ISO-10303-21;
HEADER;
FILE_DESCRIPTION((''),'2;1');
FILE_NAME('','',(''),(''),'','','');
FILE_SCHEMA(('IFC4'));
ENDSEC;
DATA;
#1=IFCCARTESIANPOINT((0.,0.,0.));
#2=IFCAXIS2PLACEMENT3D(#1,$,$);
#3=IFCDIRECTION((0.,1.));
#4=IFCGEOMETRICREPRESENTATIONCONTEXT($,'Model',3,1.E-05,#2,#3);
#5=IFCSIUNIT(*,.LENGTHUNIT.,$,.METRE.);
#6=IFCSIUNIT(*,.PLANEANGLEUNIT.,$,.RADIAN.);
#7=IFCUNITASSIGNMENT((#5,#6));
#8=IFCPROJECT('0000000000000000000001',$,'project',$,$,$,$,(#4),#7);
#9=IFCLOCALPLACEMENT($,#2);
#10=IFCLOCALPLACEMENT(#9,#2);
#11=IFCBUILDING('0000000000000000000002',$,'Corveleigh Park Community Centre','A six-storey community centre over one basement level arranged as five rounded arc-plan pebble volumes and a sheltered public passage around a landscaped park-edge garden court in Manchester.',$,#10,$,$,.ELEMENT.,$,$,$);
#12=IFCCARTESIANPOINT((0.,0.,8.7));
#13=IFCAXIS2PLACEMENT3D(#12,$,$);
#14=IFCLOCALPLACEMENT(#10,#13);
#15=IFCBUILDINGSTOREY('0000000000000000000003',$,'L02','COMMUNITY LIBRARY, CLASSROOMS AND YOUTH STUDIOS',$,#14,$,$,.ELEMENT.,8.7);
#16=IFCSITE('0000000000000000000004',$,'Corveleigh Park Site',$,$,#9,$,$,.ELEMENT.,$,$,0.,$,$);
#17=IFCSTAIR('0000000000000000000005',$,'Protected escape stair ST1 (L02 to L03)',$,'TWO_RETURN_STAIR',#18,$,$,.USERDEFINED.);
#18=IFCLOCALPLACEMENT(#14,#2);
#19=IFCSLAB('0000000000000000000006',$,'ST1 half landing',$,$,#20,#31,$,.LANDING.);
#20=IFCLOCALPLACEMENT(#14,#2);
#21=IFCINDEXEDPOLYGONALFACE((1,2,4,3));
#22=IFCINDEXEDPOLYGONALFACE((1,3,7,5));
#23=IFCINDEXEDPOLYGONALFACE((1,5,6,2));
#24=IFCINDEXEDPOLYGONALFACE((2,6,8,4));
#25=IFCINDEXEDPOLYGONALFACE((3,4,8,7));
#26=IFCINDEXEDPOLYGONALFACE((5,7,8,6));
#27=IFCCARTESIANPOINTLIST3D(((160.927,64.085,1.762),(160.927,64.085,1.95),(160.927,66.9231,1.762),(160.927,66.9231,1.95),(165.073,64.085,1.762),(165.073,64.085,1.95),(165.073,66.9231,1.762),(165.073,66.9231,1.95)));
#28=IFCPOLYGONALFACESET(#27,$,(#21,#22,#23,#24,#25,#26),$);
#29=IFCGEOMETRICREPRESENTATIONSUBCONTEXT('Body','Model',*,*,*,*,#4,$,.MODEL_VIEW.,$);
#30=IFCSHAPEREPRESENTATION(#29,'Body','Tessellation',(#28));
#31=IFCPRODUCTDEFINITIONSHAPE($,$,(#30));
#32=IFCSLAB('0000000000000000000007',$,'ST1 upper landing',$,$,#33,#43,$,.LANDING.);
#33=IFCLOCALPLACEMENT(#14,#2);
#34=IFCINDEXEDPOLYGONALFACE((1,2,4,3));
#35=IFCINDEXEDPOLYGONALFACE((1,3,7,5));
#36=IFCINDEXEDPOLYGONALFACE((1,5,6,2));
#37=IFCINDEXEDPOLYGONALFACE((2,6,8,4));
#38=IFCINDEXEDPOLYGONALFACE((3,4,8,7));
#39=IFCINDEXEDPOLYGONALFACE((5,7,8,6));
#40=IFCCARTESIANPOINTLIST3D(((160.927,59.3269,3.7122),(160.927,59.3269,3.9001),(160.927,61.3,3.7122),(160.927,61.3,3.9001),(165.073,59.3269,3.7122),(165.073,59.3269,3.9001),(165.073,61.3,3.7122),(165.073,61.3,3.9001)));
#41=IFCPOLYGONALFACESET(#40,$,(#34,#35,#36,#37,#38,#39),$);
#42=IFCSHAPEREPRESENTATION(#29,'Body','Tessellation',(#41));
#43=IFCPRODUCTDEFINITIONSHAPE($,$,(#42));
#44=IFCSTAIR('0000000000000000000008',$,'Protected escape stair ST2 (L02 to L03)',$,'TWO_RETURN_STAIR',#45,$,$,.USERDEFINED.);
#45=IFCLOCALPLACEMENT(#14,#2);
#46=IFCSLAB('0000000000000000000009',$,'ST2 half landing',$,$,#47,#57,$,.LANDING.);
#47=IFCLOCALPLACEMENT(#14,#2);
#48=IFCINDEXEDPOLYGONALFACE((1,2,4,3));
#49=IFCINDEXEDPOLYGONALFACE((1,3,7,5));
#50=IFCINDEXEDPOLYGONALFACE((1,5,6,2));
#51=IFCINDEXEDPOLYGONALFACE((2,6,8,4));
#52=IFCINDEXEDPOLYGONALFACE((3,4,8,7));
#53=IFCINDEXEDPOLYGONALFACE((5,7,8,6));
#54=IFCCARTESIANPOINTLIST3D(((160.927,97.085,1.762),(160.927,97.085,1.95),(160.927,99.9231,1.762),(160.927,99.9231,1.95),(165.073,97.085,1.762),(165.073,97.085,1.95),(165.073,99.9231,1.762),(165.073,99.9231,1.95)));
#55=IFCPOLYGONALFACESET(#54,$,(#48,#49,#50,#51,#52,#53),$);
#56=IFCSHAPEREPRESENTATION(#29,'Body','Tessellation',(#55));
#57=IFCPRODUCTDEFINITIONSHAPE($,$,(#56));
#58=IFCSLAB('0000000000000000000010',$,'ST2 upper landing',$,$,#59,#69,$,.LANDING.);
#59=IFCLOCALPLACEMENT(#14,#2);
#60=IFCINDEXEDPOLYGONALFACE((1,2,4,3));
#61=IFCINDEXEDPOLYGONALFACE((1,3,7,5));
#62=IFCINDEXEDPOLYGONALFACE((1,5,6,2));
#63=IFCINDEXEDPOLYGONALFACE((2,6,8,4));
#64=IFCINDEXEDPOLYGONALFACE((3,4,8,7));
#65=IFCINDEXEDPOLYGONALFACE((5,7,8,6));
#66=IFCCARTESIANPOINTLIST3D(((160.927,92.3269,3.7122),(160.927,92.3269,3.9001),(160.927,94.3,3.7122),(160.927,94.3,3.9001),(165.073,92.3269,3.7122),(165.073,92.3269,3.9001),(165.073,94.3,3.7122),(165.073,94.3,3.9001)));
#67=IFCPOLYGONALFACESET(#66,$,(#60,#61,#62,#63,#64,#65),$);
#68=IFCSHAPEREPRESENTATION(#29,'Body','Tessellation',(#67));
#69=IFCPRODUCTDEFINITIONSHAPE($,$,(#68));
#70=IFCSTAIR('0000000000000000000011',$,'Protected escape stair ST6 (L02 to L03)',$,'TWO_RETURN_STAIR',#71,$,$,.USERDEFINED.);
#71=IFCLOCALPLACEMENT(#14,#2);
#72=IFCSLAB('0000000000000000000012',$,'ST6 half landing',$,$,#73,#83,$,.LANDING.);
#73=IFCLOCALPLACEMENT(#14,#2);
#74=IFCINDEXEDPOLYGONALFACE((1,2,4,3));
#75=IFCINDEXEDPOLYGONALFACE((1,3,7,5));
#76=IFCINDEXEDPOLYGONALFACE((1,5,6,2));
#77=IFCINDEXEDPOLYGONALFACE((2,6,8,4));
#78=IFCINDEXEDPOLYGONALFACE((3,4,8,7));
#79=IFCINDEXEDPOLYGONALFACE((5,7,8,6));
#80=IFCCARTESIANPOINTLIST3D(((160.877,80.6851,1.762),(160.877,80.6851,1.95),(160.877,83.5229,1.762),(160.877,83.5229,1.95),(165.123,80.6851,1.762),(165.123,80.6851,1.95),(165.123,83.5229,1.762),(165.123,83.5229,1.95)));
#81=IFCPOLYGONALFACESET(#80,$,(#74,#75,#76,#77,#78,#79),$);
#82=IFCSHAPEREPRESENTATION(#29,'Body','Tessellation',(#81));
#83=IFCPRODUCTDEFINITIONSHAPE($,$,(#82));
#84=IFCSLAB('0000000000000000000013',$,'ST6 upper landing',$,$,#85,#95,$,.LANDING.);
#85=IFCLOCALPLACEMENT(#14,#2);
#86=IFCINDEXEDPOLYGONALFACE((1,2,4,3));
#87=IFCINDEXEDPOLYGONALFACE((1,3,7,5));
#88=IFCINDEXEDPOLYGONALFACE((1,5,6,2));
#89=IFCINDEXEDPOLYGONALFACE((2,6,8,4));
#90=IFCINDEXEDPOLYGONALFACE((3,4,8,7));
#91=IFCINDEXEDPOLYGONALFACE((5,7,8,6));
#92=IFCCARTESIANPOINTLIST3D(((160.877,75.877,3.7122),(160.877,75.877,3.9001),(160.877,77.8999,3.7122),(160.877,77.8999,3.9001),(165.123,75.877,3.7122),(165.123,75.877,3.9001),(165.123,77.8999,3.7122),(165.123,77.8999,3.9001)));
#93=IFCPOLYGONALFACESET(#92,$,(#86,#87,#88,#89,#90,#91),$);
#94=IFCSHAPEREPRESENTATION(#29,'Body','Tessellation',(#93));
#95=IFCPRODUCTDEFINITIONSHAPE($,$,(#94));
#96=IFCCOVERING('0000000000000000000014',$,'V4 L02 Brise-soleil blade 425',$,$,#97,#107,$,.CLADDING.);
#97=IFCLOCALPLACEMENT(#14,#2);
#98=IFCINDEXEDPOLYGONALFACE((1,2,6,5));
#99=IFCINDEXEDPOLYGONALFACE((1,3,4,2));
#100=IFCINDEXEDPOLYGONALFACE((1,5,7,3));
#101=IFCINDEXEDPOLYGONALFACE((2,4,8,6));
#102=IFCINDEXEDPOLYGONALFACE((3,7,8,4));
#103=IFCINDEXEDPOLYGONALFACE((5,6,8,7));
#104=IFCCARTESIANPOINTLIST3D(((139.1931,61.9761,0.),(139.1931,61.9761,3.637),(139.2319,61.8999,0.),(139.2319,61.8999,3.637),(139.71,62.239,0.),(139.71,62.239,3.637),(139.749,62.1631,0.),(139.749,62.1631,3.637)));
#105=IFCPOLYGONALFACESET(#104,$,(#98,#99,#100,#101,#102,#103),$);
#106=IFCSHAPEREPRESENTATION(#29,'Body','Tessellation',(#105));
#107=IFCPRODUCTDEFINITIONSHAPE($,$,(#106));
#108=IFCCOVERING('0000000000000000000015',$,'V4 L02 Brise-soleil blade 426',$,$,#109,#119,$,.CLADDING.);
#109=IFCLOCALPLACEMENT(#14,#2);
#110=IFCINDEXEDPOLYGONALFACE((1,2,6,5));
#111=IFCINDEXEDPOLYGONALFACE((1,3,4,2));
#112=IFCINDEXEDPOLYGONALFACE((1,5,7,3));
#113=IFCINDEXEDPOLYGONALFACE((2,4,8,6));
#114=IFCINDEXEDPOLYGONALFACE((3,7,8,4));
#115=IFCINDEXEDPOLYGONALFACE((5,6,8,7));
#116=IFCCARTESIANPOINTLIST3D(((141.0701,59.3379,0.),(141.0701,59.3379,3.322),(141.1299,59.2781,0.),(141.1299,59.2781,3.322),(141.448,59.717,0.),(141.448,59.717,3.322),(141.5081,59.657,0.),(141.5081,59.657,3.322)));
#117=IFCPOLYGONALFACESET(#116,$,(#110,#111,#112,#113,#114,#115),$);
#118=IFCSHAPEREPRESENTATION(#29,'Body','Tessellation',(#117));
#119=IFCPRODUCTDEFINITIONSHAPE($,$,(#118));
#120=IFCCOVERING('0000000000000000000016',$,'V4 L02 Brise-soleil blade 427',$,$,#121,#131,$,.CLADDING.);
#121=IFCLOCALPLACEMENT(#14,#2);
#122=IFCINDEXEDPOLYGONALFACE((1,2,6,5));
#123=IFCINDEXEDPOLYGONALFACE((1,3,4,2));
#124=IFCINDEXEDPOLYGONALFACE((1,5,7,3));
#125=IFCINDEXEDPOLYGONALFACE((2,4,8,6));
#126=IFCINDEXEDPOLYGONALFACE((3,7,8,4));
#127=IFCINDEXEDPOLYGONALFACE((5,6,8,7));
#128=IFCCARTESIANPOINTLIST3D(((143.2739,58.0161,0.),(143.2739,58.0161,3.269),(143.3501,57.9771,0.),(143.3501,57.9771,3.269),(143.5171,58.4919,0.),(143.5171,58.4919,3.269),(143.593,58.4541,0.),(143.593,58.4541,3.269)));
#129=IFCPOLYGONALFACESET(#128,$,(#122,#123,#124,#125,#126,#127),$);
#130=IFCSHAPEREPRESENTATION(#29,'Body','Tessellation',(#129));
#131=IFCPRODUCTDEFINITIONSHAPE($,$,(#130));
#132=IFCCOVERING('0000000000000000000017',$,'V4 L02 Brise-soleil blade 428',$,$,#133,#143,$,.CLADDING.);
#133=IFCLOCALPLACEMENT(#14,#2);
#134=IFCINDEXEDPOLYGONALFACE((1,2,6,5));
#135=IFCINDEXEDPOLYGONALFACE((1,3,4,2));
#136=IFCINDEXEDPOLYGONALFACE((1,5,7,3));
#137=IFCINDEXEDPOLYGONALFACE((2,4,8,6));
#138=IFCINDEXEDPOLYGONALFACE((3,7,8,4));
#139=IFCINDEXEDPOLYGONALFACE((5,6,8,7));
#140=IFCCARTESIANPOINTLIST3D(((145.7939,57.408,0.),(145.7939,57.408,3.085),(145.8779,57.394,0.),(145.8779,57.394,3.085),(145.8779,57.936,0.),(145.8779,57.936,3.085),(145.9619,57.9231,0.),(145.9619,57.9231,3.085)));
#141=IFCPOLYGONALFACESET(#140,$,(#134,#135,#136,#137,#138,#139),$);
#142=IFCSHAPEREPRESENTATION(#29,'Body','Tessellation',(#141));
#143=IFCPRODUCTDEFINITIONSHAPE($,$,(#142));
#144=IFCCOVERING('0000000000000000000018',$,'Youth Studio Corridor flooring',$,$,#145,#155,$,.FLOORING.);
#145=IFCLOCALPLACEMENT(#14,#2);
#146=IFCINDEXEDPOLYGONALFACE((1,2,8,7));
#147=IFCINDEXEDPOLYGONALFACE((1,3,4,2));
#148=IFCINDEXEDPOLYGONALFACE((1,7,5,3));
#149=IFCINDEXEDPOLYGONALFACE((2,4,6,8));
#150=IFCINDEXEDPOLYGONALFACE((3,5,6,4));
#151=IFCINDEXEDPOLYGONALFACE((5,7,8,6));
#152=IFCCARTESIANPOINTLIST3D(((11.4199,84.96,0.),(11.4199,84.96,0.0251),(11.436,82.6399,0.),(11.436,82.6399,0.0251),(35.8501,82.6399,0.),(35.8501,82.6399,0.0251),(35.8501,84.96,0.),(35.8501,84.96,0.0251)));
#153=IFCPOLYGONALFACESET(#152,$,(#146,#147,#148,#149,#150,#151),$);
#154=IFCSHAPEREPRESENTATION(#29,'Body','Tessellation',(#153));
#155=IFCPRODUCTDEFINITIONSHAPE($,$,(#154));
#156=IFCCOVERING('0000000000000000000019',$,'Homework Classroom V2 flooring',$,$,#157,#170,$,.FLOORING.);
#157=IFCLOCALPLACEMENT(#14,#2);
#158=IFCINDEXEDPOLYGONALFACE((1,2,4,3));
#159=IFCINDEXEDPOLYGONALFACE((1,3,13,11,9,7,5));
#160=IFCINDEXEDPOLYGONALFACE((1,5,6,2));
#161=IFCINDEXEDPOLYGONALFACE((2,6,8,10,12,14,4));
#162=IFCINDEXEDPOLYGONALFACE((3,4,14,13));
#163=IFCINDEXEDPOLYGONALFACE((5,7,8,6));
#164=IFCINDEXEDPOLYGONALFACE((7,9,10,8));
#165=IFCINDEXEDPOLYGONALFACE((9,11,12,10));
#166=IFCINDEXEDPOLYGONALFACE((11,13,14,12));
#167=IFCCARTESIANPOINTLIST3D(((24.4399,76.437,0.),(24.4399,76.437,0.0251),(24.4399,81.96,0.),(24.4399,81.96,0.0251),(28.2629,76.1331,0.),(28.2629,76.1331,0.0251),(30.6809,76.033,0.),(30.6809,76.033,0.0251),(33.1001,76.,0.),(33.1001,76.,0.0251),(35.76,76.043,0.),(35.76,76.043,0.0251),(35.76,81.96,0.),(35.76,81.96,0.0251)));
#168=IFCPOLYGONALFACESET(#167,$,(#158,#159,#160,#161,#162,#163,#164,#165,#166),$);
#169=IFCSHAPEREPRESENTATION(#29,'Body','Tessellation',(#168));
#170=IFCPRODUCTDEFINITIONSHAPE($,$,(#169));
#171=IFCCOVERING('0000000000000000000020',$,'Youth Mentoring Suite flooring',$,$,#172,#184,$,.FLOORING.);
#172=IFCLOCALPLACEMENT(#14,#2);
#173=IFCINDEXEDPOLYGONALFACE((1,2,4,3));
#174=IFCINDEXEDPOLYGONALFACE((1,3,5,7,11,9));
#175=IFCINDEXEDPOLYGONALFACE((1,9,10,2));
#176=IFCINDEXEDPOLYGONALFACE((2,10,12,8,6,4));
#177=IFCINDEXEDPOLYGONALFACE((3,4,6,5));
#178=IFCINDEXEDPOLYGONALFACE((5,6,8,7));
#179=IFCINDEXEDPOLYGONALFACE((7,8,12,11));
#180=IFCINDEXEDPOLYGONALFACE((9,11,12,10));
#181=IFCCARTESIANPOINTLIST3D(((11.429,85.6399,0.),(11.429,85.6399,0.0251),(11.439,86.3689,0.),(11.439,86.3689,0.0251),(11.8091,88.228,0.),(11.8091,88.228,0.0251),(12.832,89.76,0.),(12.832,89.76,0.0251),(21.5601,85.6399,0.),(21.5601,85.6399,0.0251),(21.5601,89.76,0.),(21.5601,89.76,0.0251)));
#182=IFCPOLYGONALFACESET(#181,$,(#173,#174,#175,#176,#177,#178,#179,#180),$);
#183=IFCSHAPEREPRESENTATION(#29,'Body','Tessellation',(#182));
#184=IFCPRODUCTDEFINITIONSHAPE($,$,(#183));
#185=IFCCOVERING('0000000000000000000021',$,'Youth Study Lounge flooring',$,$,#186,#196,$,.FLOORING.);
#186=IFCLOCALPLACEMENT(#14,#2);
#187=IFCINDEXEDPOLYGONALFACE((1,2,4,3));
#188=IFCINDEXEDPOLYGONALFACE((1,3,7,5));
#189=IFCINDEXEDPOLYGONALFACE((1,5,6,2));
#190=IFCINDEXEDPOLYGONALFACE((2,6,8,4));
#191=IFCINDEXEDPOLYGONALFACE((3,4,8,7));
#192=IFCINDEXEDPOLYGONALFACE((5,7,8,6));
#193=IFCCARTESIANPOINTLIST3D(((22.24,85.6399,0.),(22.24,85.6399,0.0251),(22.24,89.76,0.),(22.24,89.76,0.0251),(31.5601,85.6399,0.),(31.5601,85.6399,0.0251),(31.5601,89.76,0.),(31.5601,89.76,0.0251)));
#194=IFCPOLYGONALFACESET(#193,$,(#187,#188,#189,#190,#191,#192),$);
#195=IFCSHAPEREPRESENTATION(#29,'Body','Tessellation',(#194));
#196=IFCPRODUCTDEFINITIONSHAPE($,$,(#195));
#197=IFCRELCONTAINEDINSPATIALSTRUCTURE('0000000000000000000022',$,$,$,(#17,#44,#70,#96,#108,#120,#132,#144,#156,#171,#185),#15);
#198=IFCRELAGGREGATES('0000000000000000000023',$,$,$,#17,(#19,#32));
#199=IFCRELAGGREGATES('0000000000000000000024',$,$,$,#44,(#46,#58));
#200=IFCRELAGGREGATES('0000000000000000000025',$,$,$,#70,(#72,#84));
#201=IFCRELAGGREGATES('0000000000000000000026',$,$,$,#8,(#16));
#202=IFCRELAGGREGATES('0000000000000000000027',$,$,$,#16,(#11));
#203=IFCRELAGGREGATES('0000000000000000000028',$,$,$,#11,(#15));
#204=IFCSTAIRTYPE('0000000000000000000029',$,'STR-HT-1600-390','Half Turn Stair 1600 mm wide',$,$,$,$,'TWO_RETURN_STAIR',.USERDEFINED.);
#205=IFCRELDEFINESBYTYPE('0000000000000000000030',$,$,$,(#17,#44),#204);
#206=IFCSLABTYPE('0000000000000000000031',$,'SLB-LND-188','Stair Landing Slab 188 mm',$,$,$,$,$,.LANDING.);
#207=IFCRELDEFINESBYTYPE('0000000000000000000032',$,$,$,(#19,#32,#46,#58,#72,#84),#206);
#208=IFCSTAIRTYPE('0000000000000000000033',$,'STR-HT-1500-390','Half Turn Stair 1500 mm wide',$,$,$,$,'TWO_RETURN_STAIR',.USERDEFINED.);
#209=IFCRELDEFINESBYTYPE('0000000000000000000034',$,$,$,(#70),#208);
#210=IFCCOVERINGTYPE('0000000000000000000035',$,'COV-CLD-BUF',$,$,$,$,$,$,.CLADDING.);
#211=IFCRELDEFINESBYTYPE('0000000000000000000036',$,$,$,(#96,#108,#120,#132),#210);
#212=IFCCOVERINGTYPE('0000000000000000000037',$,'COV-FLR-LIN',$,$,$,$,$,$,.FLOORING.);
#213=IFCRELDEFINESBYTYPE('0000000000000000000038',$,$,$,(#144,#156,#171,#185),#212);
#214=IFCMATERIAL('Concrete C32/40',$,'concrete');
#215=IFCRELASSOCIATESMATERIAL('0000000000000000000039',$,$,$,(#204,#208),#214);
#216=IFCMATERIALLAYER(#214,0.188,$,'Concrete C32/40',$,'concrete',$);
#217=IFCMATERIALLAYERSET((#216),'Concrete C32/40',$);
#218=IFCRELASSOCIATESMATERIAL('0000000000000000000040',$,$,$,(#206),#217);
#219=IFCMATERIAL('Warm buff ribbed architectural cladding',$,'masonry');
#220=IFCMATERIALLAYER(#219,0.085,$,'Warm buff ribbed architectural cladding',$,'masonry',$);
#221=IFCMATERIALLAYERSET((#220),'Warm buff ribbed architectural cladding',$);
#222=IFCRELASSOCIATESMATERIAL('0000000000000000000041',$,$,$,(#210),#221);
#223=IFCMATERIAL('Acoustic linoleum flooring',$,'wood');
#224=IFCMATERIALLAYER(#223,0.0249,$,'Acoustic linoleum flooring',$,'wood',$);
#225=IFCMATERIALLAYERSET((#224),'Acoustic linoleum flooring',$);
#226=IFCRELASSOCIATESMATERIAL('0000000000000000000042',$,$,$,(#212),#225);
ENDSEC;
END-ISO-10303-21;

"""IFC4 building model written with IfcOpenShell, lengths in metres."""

from ifc_helpers import new_model, si_unit, direction, frame, origin, place, context, subcontext, project, spatial, polyline, outline, extrude, material, layer, layer_set, type_object, element, aggregate, save


model = new_model("IFC4")

# Units and contexts
model_context = context("Model", 3, precision=1e-05, world=origin(), true_north=direction((0.0, 1.0)))
body_context = subcontext(model_context, "Body", "Model", "MODEL_VIEW")
ifc_project = project(units=[si_unit("LENGTHUNIT", "METRE"), si_unit("PLANEANGLEUNIT", "RADIAN")], contexts=[model_context])

# Site, building, storey
site_placement = place(None, origin())
site = spatial("IfcSite", under=ifc_project, at=site_placement, Name="Corveleigh Park Site", CompositionType="ELEMENT", RefElevation=0.0)
building_placement = place(site_placement, origin())
building = spatial("IfcBuilding", under=site, at=building_placement, Name="Corveleigh Park Community Centre", Description="A six-storey community centre over one basement level arranged as five rounded arc-plan pebble volumes and a sheltered public passage around a landscaped park-edge garden court in Manchester.", CompositionType="ELEMENT")
storey_placement = place(building_placement, frame((0.0, 0.0, 8.7)))
storey = spatial("IfcBuildingStorey", under=building, at=storey_placement, Name="L02", Description="COMMUNITY LIBRARY, CLASSROOMS AND YOUTH STUDIOS", CompositionType="ELEMENT", Elevation=8.7)

# Stairs, slabs
ifc_material_1 = material(Name="Concrete C32/40", Category="concrete")
stair_type_1 = type_object("IfcStairType", Name="STR-HT-1600-390", Description="Half Turn Stair 1600 mm wide", ElementType="TWO_RETURN_STAIR", PredefinedType="USERDEFINED", material=ifc_material_1)
stair_1_placement = place(storey_placement, origin())
stair_1 = element("IfcStair", 1, at=stair_1_placement, inside=storey, type_object=stair_type_1, Name="Protected escape stair ST1 (L02 to L03)", ObjectType="TWO_RETURN_STAIR", PredefinedType="USERDEFINED")
ifc_layer_1 = layer(ifc_material_1, 0.188, Name="Concrete C32/40", Category="concrete")
ifc_layer_set_1 = layer_set([ifc_layer_1], Name="Concrete C32/40")
slab_type = type_object("IfcSlabType", Name="SLB-LND-188", Description="Stair Landing Slab 188 mm", PredefinedType="LANDING", material=ifc_layer_set_1)
slab_1_placement = place(storey_placement, frame((0.0, 0.0, 1.762)))
slab_1 = element("IfcSlab", 2, at=slab_1_placement, type_object=slab_type, Name="ST1 half landing", PredefinedType="LANDING", context=body_context, shape_type="SweptSolid", body=[
    extrude(outline(polyline([(160.927, 64.085), (165.073, 64.085), (165.073, 66.9231), (160.927, 66.9231), (160.927, 64.085)])), origin(), (0.0, 0.0, 1.0), 0.188),
])
slab_2_placement = place(storey_placement, frame((0.0, 0.0, 3.7122)))
slab_2 = element("IfcSlab", 3, at=slab_2_placement, type_object=slab_type, Name="ST1 upper landing", PredefinedType="LANDING", context=body_context, shape_type="SweptSolid", body=[
    extrude(outline(polyline([(160.927, 59.3269), (165.073, 59.3269), (165.073, 61.3), (160.927, 61.3), (160.927, 59.3269)])), origin(), (0.0, 0.0, 1.0), 0.188),
])
aggregate(stair_1, [slab_1, slab_2])
stair_2_placement = place(storey_placement, origin())
stair_2 = element("IfcStair", 4, at=stair_2_placement, inside=storey, type_object=stair_type_1, Name="Protected escape stair ST2 (L02 to L03)", ObjectType="TWO_RETURN_STAIR", PredefinedType="USERDEFINED")
slab_3_placement = place(storey_placement, frame((0.0, 0.0, 1.762)))
slab_3 = element("IfcSlab", 5, at=slab_3_placement, type_object=slab_type, Name="ST2 half landing", PredefinedType="LANDING", context=body_context, shape_type="SweptSolid", body=[
    extrude(outline(polyline([(160.927, 97.085), (165.073, 97.085), (165.073, 99.9231), (160.927, 99.9231), (160.927, 97.085)])), origin(), (0.0, 0.0, 1.0), 0.188),
])
slab_4_placement = place(storey_placement, frame((0.0, 0.0, 3.7122)))
slab_4 = element("IfcSlab", 6, at=slab_4_placement, type_object=slab_type, Name="ST2 upper landing", PredefinedType="LANDING", context=body_context, shape_type="SweptSolid", body=[
    extrude(outline(polyline([(160.927, 92.3269), (165.073, 92.3269), (165.073, 94.3), (160.927, 94.3), (160.927, 92.3269)])), origin(), (0.0, 0.0, 1.0), 0.188),
])
aggregate(stair_2, [slab_3, slab_4])
stair_type_2 = type_object("IfcStairType", Name="STR-HT-1500-390", Description="Half Turn Stair 1500 mm wide", ElementType="TWO_RETURN_STAIR", PredefinedType="USERDEFINED", material=ifc_material_1)
stair_3_placement = place(storey_placement, origin())
stair_3 = element("IfcStair", 7, at=stair_3_placement, inside=storey, type_object=stair_type_2, Name="Protected escape stair ST6 (L02 to L03)", ObjectType="TWO_RETURN_STAIR", PredefinedType="USERDEFINED")
slab_5_placement = place(storey_placement, frame((0.0, 0.0, 1.762)))
slab_5 = element("IfcSlab", 8, at=slab_5_placement, type_object=slab_type, Name="ST6 half landing", PredefinedType="LANDING", context=body_context, shape_type="SweptSolid", body=[
    extrude(outline(polyline([(160.877, 80.6851), (165.123, 80.6851), (165.123, 83.5229), (160.877, 83.5229), (160.877, 80.6851)])), origin(), (0.0, 0.0, 1.0), 0.188),
])
slab_6_placement = place(storey_placement, frame((0.0, 0.0, 3.7122)))
slab_6 = element("IfcSlab", 9, at=slab_6_placement, type_object=slab_type, Name="ST6 upper landing", PredefinedType="LANDING", context=body_context, shape_type="SweptSolid", body=[
    extrude(outline(polyline([(160.877, 75.877), (165.123, 75.877), (165.123, 77.8999), (160.877, 77.8999), (160.877, 75.877)])), origin(), (0.0, 0.0, 1.0), 0.188),
])
aggregate(stair_3, [slab_5, slab_6])

# Coverings
ifc_material_2 = material(Name="Warm buff ribbed architectural cladding", Category="masonry")
ifc_layer_2 = layer(ifc_material_2, 0.085, Name="Warm buff ribbed architectural cladding", Category="masonry")
ifc_layer_set_2 = layer_set([ifc_layer_2], Name="Warm buff ribbed architectural cladding")
covering_type_1 = type_object("IfcCoveringType", Name="COV-CLD-BUF", PredefinedType="CLADDING", material=ifc_layer_set_2)
covering_1_placement = place(storey_placement, origin())
element("IfcCovering", 10, at=covering_1_placement, inside=storey, type_object=covering_type_1, Name="V4 L02 Brise-soleil blade 425", PredefinedType="CLADDING", context=body_context, shape_type="SweptSolid", body=[
    extrude(outline(polyline([(139.749, 62.1631), (139.71, 62.239), (139.1931, 61.9761), (139.2319, 61.8999), (139.749, 62.1631)])), origin(), (0.0, 0.0, 1.0), 3.637),
])
covering_2_placement = place(storey_placement, origin())
element("IfcCovering", 11, at=covering_2_placement, inside=storey, type_object=covering_type_1, Name="V4 L02 Brise-soleil blade 426", PredefinedType="CLADDING", context=body_context, shape_type="SweptSolid", body=[
    extrude(outline(polyline([(141.5081, 59.657), (141.448, 59.717), (141.0701, 59.3379), (141.1299, 59.2781), (141.5081, 59.657)])), origin(), (0.0, 0.0, 1.0), 3.322),
])
covering_3_placement = place(storey_placement, origin())
element("IfcCovering", 12, at=covering_3_placement, inside=storey, type_object=covering_type_1, Name="V4 L02 Brise-soleil blade 427", PredefinedType="CLADDING", context=body_context, shape_type="SweptSolid", body=[
    extrude(outline(polyline([(143.593, 58.4541), (143.5171, 58.4919), (143.2739, 58.0161), (143.3501, 57.9771), (143.593, 58.4541)])), origin(), (0.0, 0.0, 1.0), 3.269),
])
covering_4_placement = place(storey_placement, origin())
element("IfcCovering", 13, at=covering_4_placement, inside=storey, type_object=covering_type_1, Name="V4 L02 Brise-soleil blade 428", PredefinedType="CLADDING", context=body_context, shape_type="SweptSolid", body=[
    extrude(outline(polyline([(145.9619, 57.9231), (145.8779, 57.936), (145.7939, 57.408), (145.8779, 57.394), (145.9619, 57.9231)])), origin(), (0.0, 0.0, 1.0), 3.085),
])
ifc_material_3 = material(Name="Acoustic linoleum flooring", Category="wood")
ifc_layer_3 = layer(ifc_material_3, 0.0249, Name="Acoustic linoleum flooring", Category="wood")
ifc_layer_set_3 = layer_set([ifc_layer_3], Name="Acoustic linoleum flooring")
covering_type_2 = type_object("IfcCoveringType", Name="COV-FLR-LIN", PredefinedType="FLOORING", material=ifc_layer_set_3)
covering_5_placement = place(storey_placement, origin())
element("IfcCovering", 14, at=covering_5_placement, inside=storey, type_object=covering_type_2, Name="Youth Studio Corridor flooring", PredefinedType="FLOORING", context=body_context, shape_type="SweptSolid", body=[
    extrude(outline(polyline([(35.8501, 84.96), (35.8501, 82.6399), (11.436, 82.6399), (11.4199, 84.96), (35.8501, 84.96)])), origin(), (0.0, 0.0, 1.0), 0.0251),
])
covering_6_placement = place(storey_placement, origin())
element("IfcCovering", 15, at=covering_6_placement, inside=storey, type_object=covering_type_2, Name="Homework Classroom V2 flooring", PredefinedType="FLOORING", context=body_context, shape_type="SweptSolid", body=[
    extrude(outline(polyline([(30.6809, 76.033), (28.2629, 76.1331), (24.4399, 76.437), (24.4399, 81.96), (35.76, 81.96), (35.76, 76.043), (33.1001, 76.0), (30.6809, 76.033)])), origin(), (0.0, 0.0, 1.0), 0.0251),
])
covering_7_placement = place(storey_placement, origin())
element("IfcCovering", 16, at=covering_7_placement, inside=storey, type_object=covering_type_2, Name="Youth Mentoring Suite flooring", PredefinedType="FLOORING", context=body_context, shape_type="SweptSolid", body=[
    extrude(outline(polyline([(21.5601, 89.76), (21.5601, 85.6399), (11.429, 85.6399), (11.439, 86.3689), (11.8091, 88.228), (12.832, 89.76), (21.5601, 89.76)])), origin(), (0.0, 0.0, 1.0), 0.0251),
])
covering_8_placement = place(storey_placement, origin())
element("IfcCovering", 17, at=covering_8_placement, inside=storey, type_object=covering_type_2, Name="Youth Study Lounge flooring", PredefinedType="FLOORING", context=body_context, shape_type="SweptSolid", body=[
    extrude(outline(polyline([(31.5601, 85.6399), (22.24, 85.6399), (22.24, 89.76), (31.5601, 89.76), (31.5601, 85.6399)])), origin(), (0.0, 0.0, 1.0), 0.0251),
])

save(model, "model.ifc")
